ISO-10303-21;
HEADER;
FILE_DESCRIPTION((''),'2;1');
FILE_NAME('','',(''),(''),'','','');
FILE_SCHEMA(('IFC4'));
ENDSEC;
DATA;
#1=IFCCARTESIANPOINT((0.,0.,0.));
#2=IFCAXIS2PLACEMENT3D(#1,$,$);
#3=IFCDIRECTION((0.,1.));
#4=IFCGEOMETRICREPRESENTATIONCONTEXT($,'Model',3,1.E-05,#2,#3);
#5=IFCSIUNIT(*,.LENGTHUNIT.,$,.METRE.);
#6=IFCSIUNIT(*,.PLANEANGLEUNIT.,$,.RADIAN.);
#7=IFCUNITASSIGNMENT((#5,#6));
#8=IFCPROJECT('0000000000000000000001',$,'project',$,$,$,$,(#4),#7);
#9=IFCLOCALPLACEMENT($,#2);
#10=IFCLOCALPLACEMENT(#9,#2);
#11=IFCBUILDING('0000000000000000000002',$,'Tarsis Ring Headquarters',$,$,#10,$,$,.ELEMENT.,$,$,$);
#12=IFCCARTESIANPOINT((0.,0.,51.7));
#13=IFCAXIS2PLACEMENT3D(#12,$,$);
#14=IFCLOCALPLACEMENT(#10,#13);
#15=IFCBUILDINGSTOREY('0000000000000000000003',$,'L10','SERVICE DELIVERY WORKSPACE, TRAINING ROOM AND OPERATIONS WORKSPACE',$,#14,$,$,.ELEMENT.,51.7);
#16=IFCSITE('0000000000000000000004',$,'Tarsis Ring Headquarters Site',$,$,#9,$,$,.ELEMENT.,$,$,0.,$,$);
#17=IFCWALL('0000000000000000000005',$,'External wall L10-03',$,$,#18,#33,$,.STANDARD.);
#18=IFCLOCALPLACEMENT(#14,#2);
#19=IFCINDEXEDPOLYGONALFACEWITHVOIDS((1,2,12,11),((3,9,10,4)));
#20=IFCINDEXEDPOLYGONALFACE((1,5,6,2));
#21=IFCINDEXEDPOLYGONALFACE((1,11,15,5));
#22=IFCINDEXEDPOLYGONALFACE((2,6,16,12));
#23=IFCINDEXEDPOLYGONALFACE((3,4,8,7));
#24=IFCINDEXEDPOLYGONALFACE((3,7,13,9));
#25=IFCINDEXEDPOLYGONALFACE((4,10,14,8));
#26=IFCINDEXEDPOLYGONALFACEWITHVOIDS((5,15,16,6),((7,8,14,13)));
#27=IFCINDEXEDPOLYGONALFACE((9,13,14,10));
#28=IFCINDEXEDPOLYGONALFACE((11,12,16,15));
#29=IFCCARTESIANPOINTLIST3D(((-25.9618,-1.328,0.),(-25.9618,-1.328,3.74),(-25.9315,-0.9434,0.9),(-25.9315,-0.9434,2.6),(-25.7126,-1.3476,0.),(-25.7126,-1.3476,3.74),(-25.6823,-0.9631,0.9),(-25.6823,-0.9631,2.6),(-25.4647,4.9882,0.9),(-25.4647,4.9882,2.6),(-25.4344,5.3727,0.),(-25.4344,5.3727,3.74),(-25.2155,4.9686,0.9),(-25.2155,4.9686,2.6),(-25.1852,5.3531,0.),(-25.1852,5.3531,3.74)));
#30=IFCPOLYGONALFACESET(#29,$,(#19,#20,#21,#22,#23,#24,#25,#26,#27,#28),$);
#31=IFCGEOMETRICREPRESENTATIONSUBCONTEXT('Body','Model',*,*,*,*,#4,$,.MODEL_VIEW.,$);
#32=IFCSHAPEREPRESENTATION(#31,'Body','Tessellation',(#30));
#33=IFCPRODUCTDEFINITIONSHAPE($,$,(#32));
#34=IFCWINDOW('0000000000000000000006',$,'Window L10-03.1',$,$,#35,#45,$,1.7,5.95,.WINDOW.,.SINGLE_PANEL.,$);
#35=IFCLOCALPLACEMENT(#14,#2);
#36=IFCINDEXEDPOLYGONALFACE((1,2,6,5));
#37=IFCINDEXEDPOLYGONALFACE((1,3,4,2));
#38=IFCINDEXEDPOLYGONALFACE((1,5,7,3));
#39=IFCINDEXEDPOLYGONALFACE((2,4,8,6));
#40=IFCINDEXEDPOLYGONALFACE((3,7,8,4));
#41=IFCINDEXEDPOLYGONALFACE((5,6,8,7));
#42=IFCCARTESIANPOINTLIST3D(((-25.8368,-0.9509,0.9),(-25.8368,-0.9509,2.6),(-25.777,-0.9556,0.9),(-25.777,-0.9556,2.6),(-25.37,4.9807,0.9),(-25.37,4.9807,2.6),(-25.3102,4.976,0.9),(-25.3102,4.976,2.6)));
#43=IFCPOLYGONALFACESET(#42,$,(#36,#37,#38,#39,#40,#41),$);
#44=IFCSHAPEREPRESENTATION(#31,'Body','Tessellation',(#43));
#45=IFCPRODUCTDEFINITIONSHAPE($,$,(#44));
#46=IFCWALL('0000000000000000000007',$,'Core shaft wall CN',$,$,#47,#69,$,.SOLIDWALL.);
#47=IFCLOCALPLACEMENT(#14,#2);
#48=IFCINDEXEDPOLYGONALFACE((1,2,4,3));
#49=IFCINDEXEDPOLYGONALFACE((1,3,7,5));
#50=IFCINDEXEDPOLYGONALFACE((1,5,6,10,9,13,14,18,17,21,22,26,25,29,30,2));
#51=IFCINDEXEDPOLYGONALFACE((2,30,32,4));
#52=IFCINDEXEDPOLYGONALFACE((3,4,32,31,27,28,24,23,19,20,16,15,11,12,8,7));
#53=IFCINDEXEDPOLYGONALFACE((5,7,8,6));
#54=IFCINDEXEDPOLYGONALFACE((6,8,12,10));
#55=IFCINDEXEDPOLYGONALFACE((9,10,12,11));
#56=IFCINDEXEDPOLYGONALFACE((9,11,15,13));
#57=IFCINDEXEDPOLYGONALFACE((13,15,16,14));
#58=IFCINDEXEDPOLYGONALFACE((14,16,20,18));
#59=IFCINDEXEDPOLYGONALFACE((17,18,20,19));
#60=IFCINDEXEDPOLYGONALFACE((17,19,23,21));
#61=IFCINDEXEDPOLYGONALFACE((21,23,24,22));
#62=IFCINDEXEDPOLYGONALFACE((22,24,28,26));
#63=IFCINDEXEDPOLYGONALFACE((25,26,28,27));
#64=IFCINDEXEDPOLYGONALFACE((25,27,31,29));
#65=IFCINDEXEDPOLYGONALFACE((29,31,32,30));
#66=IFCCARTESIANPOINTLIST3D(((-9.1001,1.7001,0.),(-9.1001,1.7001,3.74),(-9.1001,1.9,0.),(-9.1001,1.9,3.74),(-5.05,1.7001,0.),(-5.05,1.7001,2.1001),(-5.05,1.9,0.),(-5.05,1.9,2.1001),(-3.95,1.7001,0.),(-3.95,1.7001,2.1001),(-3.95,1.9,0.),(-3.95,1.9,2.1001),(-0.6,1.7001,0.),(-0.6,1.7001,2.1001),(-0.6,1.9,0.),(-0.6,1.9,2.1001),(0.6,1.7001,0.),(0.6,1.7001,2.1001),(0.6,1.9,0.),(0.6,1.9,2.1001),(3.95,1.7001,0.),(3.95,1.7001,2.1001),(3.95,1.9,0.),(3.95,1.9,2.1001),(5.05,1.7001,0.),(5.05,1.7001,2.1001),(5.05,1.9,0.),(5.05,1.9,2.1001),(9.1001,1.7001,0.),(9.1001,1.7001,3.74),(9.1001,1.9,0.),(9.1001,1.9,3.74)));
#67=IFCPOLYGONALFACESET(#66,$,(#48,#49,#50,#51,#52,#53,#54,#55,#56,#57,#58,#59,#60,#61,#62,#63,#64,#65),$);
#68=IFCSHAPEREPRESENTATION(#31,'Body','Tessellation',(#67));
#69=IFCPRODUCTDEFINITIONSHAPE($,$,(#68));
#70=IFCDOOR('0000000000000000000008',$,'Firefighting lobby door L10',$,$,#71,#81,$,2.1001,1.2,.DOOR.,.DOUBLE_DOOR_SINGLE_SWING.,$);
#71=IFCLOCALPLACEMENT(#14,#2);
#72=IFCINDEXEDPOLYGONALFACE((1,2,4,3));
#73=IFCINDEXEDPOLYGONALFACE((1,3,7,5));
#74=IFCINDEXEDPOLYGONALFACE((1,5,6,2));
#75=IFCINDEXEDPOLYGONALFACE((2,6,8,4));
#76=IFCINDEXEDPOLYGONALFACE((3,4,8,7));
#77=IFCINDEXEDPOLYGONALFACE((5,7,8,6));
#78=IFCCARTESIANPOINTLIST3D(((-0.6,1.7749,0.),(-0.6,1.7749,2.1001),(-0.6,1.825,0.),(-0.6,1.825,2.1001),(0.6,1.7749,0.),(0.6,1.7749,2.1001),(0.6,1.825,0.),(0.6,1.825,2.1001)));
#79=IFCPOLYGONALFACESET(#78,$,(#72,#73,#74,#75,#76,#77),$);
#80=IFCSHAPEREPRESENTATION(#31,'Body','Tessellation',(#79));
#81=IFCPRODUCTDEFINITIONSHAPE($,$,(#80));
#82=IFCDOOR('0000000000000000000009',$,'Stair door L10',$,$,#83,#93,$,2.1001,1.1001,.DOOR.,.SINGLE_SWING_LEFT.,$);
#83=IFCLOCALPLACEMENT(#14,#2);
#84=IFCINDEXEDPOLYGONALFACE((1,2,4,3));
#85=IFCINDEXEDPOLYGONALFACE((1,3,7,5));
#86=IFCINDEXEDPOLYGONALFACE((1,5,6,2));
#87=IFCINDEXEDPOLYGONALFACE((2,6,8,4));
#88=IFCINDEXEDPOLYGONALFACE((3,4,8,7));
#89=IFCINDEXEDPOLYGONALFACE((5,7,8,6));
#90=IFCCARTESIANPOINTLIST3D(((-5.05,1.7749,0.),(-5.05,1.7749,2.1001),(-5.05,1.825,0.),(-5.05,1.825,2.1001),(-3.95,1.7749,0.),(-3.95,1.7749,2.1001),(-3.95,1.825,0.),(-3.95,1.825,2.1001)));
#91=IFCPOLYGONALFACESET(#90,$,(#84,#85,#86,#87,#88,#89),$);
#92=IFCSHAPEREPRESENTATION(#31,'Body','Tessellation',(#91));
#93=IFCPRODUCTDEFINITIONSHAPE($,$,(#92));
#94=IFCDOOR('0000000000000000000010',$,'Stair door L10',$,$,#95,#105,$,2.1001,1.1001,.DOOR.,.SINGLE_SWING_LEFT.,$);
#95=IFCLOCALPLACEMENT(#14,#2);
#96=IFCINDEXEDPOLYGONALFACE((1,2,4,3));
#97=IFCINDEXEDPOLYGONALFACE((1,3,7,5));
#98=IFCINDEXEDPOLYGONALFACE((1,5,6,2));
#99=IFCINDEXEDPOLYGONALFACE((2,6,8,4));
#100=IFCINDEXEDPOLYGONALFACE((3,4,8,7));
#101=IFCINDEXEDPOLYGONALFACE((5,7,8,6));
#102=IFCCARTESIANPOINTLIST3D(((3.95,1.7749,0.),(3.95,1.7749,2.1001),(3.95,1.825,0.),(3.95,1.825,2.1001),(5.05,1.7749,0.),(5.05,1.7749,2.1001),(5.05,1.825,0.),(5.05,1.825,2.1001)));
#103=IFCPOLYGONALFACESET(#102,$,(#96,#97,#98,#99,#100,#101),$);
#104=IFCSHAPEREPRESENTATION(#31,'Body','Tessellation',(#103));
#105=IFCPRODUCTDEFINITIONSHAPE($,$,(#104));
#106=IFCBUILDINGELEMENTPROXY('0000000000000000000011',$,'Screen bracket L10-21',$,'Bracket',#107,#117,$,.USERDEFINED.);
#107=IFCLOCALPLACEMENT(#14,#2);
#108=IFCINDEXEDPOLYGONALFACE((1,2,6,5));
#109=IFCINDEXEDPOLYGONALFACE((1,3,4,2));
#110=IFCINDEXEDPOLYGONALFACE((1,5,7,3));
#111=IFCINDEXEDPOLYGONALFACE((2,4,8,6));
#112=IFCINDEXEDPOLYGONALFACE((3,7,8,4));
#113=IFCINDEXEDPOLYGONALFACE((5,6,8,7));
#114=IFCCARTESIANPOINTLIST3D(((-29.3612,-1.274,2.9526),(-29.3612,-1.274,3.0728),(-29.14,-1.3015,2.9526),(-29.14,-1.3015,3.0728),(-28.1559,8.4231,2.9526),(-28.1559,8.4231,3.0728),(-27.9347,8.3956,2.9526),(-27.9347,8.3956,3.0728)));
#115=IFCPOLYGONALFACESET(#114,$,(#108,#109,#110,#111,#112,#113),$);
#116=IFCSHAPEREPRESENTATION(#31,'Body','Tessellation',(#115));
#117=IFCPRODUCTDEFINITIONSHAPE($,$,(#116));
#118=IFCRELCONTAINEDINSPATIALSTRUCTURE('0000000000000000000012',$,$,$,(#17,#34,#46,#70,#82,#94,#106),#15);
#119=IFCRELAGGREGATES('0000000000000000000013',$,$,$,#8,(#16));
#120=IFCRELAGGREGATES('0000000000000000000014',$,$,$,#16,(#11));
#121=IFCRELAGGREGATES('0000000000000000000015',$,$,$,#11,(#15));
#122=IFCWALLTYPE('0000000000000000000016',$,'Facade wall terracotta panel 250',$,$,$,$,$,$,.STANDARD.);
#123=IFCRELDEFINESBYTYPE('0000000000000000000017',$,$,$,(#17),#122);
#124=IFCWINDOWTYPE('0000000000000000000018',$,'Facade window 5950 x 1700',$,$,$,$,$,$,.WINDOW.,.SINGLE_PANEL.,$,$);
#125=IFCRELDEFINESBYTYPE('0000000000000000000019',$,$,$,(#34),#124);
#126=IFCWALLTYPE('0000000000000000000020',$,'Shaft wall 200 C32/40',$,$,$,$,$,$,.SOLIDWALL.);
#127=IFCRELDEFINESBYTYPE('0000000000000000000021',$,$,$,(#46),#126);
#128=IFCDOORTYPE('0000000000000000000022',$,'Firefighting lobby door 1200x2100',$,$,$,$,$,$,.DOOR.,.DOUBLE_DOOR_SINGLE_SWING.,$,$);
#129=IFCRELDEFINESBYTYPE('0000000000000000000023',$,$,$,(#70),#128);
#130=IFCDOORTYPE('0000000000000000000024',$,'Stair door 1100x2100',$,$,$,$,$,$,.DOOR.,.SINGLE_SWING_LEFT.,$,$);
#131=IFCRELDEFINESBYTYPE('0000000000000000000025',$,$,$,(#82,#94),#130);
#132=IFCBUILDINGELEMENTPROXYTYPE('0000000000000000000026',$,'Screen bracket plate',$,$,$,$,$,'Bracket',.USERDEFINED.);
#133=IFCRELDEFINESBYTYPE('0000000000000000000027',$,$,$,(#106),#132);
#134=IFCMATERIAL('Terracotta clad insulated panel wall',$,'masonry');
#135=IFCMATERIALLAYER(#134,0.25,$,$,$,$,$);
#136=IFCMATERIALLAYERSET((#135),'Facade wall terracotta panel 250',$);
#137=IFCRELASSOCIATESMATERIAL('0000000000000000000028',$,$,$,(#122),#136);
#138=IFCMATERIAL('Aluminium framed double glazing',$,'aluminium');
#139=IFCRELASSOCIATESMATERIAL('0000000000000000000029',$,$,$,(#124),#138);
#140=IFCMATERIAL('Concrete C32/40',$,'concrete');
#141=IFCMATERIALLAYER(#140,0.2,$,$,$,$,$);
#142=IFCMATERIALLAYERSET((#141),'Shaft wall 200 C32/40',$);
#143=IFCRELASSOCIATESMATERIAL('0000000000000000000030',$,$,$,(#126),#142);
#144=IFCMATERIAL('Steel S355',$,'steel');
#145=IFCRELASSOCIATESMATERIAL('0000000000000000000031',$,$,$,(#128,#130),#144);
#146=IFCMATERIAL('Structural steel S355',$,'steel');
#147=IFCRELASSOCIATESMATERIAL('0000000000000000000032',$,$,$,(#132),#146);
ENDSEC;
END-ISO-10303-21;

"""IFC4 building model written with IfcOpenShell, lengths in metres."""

from ifc_helpers import new_model, si_unit, direction, frame, frame_2d, origin, origin_2d, place, context, subcontext, project, spatial, rectangle, extrude, material, layer, layer_set, type_object, element, fill, save


model = new_model("IFC4")

# Units and contexts
model_context = context("Model", 3, precision=1e-05, world=origin(), true_north=direction((0.0, 1.0)))
body_context = subcontext(model_context, "Body", "Model", "MODEL_VIEW")
ifc_project = project(units=[si_unit("LENGTHUNIT", "METRE"), si_unit("PLANEANGLEUNIT", "RADIAN")], contexts=[model_context])

# Site, building, storey
site_placement = place(None, origin())
site = spatial("IfcSite", under=ifc_project, at=site_placement, Name="Tarsis Ring Headquarters Site", CompositionType="ELEMENT", RefElevation=0.0)
building_placement = place(site_placement, origin())
building = spatial("IfcBuilding", under=site, at=building_placement, Name="Tarsis Ring Headquarters", CompositionType="ELEMENT")
storey_placement = place(building_placement, frame((0.0, 0.0, 51.7)))
storey = spatial("IfcBuildingStorey", under=building, at=storey_placement, Name="L10", Description="SERVICE DELIVERY WORKSPACE, TRAINING ROOM AND OPERATIONS WORKSPACE", CompositionType="ELEMENT", Elevation=51.7)

# Shared definitions
ifc_material_1 = material(Name="Structural steel S355", Category="steel")

# Wall, opening, window
ifc_material_2 = material(Name="Terracotta clad insulated panel wall", Category="masonry")
ifc_layer_1 = layer(ifc_material_2, 0.25)
ifc_layer_set_1 = layer_set([ifc_layer_1], Name="Facade wall terracotta panel 250")
wall_type_1 = type_object("IfcWallType", Name="Facade wall terracotta panel 250", PredefinedType="STANDARD", material=ifc_layer_set_1)
ifc_material_3 = material(Name="Aluminium framed double glazing", Category="aluminium")
wall_1_placement = place(storey_placement, frame((-25.3098, 5.363, 0.0), z_axis=(0.0, 0.0, 1.0), x_axis=(-0.078457, -0.996917, 0.0)))
wall_1 = element("IfcWall", 1, at=wall_1_placement, inside=storey, type_object=wall_type_1, Name="External wall L10-03", PredefinedType="STANDARD", context=body_context, shape_type="SweptSolid", body=[
    extrude(rectangle(XDim=6.7214, YDim=0.25, at=frame_2d((3.3608, 0.0))), origin(), (0.0, 0.0, 1.0), 3.74),
])
opening_1_placement = place(wall_1_placement, frame((0.3857, 0.0, 0.8999)))
opening_1 = element("IfcOpeningElement", 2, at=opening_1_placement, cuts=wall_1, PredefinedType="OPENING", context=body_context, shape_type="SweptSolid", body=[
    extrude(rectangle(XDim=5.95, YDim=1.7, at=frame_2d((2.9751, 0.8501))), frame((0.0, 0.135, 0.0), z_axis=(0.0, -1.0, 0.0), x_axis=(1.0, 0.0, 0.0)), (0.0, 0.0, 1.0), 0.27),
])
window_type_1 = type_object("IfcWindowType", Name="Facade window 5950 x 1700", PartitioningType="SINGLE_PANEL", PredefinedType="WINDOW", material=ifc_material_3)
window_1_placement = place(opening_1_placement, origin())
window_1 = element("IfcWindow", 3, at=window_1_placement, inside=storey, type_object=window_type_1, Name="Window L10-03.1", OverallHeight=1.7, OverallWidth=5.95, PartitioningType="SINGLE_PANEL", PredefinedType="WINDOW", context=body_context, shape_type="SweptSolid", body=[
    extrude(rectangle(XDim=5.95, YDim=1.7, at=frame_2d((2.9751, 0.8501))), frame((0.0, 0.03, 0.0), z_axis=(0.0, -1.0, 0.0), x_axis=(1.0, 0.0, 0.0)), (0.0, 0.0, 1.0), 0.0601),
])
fill(opening_1, window_1)

# Wall, openings, doors
ifc_material_4 = material(Name="Concrete C32/40", Category="concrete")
ifc_layer_2 = layer(ifc_material_4, 0.2)
ifc_layer_set_2 = layer_set([ifc_layer_2], Name="Shaft wall 200 C32/40")
wall_type_2 = type_object("IfcWallType", Name="Shaft wall 200 C32/40", PredefinedType="SOLIDWALL", material=ifc_layer_set_2)
wall_2_placement = place(storey_placement, frame((-9.1001, 1.8, 0.0), z_axis=(0.0, 0.0, 1.0), x_axis=(1.0, 0.0, 0.0)))
wall_2 = element("IfcWall", 4, at=wall_2_placement, inside=storey, type_object=wall_type_2, Name="Core shaft wall CN", PredefinedType="SOLIDWALL", context=body_context, shape_type="SweptSolid", body=[
    extrude(rectangle(XDim=18.2002, YDim=0.2, at=frame_2d((9.1001, 0.0))), origin(), (0.0, 0.0, 1.0), 3.74),
])
opening_2_placement = place(wall_2_placement, frame((4.05, 0.0, 0.0)))
opening_2 = element("IfcOpeningElement", 5, at=opening_2_placement, cuts=wall_2, PredefinedType="OPENING", context=body_context, shape_type="SweptSolid", body=[
    extrude(rectangle(XDim=1.1001, YDim=2.1001, at=frame_2d((0.55, 1.05))), frame((0.0, 0.1099, 0.0), z_axis=(0.0, -1.0, 0.0), x_axis=(1.0, 0.0, 0.0)), (0.0, 0.0, 1.0), 0.22),
])
opening_3_placement = place(wall_2_placement, frame((8.5, 0.0, 0.0)))
opening_3 = element("IfcOpeningElement", 6, at=opening_3_placement, cuts=wall_2, PredefinedType="OPENING", context=body_context, shape_type="SweptSolid", body=[
    extrude(rectangle(XDim=1.2, YDim=2.1001, at=frame_2d((0.6001, 1.05))), frame((0.0, 0.1099, 0.0), z_axis=(0.0, -1.0, 0.0), x_axis=(1.0, 0.0, 0.0)), (0.0, 0.0, 1.0), 0.22),
])
opening_4_placement = place(wall_2_placement, frame((13.05, 0.0, 0.0)))
opening_4 = element("IfcOpeningElement", 7, at=opening_4_placement, cuts=wall_2, PredefinedType="OPENING", context=body_context, shape_type="SweptSolid", body=[
    extrude(rectangle(XDim=1.1001, YDim=2.1001, at=frame_2d((0.55, 1.05))), frame((0.0, 0.1099, 0.0), z_axis=(0.0, -1.0, 0.0), x_axis=(1.0, 0.0, 0.0)), (0.0, 0.0, 1.0), 0.22),
])
ifc_material_5 = material(Name="Steel S355", Category="steel")
door_type_1 = type_object("IfcDoorType", Name="Firefighting lobby door 1200x2100", OperationType="DOUBLE_DOOR_SINGLE_SWING", PredefinedType="DOOR", material=ifc_material_5)
door_1_placement = place(opening_3_placement, origin())
door_1 = element("IfcDoor", 8, at=door_1_placement, inside=storey, type_object=door_type_1, Name="Firefighting lobby door L10", OperationType="DOUBLE_DOOR_SINGLE_SWING", OverallHeight=2.1001, OverallWidth=1.2, PredefinedType="DOOR", context=body_context, shape_type="SweptSolid", body=[
    extrude(rectangle(XDim=1.2, YDim=2.1001, at=frame_2d((0.6001, 1.05))), frame((0.0, 0.0249, 0.0), z_axis=(0.0, -1.0, 0.0), x_axis=(1.0, 0.0, 0.0)), (0.0, 0.0, 1.0), 0.05),
])
fill(opening_3, door_1)
door_type_2 = type_object("IfcDoorType", Name="Stair door 1100x2100", OperationType="SINGLE_SWING_LEFT", PredefinedType="DOOR", material=ifc_material_5)
door_2_placement = place(opening_2_placement, origin())
door_2 = element("IfcDoor", 9, at=door_2_placement, inside=storey, type_object=door_type_2, Name="Stair door L10", OperationType="SINGLE_SWING_LEFT", OverallHeight=2.1001, OverallWidth=1.1001, PredefinedType="DOOR", context=body_context, shape_type="SweptSolid", body=[
    extrude(rectangle(XDim=1.1001, YDim=2.1001, at=frame_2d((0.55, 1.05))), frame((0.0, 0.0249, 0.0), z_axis=(0.0, -1.0, 0.0), x_axis=(1.0, 0.0, 0.0)), (0.0, 0.0, 1.0), 0.05),
])
fill(opening_2, door_2)
door_3_placement = place(opening_4_placement, origin())
door_3 = element("IfcDoor", 10, at=door_3_placement, inside=storey, type_object=door_type_2, Name="Stair door L10", OperationType="SINGLE_SWING_LEFT", OverallHeight=2.1001, OverallWidth=1.1001, PredefinedType="DOOR", context=body_context, shape_type="SweptSolid", body=[
    extrude(rectangle(XDim=1.1001, YDim=2.1001, at=frame_2d((0.55, 1.05))), frame((0.0, 0.0249, 0.0), z_axis=(0.0, -1.0, 0.0), x_axis=(1.0, 0.0, 0.0)), (0.0, 0.0, 1.0), 0.05),
])
fill(opening_4, door_3)

# Building element proxy
building_element_proxy_type = type_object("IfcBuildingElementProxyType", Name="Screen bracket plate", ElementType="Bracket", PredefinedType="USERDEFINED", material=ifc_material_1)
proxy_placement = place(storey_placement, frame((-28.6479, 3.5608, 2.9526), z_axis=(0.0, 0.0, 1.0), x_axis=(-0.123341, -0.992364, 0.0)))
element("IfcBuildingElementProxy", 11, at=proxy_placement, inside=storey, type_object=building_element_proxy_type, Name="Screen bracket L10-21", ObjectType="Bracket", PredefinedType="USERDEFINED", context=body_context, shape_type="SweptSolid", body=[
    extrude(rectangle(XDim=9.7717, YDim=0.2229, at=origin_2d()), origin(), (0.0, 0.0, 1.0), 0.1201),
])

save(model, "model.ifc")
